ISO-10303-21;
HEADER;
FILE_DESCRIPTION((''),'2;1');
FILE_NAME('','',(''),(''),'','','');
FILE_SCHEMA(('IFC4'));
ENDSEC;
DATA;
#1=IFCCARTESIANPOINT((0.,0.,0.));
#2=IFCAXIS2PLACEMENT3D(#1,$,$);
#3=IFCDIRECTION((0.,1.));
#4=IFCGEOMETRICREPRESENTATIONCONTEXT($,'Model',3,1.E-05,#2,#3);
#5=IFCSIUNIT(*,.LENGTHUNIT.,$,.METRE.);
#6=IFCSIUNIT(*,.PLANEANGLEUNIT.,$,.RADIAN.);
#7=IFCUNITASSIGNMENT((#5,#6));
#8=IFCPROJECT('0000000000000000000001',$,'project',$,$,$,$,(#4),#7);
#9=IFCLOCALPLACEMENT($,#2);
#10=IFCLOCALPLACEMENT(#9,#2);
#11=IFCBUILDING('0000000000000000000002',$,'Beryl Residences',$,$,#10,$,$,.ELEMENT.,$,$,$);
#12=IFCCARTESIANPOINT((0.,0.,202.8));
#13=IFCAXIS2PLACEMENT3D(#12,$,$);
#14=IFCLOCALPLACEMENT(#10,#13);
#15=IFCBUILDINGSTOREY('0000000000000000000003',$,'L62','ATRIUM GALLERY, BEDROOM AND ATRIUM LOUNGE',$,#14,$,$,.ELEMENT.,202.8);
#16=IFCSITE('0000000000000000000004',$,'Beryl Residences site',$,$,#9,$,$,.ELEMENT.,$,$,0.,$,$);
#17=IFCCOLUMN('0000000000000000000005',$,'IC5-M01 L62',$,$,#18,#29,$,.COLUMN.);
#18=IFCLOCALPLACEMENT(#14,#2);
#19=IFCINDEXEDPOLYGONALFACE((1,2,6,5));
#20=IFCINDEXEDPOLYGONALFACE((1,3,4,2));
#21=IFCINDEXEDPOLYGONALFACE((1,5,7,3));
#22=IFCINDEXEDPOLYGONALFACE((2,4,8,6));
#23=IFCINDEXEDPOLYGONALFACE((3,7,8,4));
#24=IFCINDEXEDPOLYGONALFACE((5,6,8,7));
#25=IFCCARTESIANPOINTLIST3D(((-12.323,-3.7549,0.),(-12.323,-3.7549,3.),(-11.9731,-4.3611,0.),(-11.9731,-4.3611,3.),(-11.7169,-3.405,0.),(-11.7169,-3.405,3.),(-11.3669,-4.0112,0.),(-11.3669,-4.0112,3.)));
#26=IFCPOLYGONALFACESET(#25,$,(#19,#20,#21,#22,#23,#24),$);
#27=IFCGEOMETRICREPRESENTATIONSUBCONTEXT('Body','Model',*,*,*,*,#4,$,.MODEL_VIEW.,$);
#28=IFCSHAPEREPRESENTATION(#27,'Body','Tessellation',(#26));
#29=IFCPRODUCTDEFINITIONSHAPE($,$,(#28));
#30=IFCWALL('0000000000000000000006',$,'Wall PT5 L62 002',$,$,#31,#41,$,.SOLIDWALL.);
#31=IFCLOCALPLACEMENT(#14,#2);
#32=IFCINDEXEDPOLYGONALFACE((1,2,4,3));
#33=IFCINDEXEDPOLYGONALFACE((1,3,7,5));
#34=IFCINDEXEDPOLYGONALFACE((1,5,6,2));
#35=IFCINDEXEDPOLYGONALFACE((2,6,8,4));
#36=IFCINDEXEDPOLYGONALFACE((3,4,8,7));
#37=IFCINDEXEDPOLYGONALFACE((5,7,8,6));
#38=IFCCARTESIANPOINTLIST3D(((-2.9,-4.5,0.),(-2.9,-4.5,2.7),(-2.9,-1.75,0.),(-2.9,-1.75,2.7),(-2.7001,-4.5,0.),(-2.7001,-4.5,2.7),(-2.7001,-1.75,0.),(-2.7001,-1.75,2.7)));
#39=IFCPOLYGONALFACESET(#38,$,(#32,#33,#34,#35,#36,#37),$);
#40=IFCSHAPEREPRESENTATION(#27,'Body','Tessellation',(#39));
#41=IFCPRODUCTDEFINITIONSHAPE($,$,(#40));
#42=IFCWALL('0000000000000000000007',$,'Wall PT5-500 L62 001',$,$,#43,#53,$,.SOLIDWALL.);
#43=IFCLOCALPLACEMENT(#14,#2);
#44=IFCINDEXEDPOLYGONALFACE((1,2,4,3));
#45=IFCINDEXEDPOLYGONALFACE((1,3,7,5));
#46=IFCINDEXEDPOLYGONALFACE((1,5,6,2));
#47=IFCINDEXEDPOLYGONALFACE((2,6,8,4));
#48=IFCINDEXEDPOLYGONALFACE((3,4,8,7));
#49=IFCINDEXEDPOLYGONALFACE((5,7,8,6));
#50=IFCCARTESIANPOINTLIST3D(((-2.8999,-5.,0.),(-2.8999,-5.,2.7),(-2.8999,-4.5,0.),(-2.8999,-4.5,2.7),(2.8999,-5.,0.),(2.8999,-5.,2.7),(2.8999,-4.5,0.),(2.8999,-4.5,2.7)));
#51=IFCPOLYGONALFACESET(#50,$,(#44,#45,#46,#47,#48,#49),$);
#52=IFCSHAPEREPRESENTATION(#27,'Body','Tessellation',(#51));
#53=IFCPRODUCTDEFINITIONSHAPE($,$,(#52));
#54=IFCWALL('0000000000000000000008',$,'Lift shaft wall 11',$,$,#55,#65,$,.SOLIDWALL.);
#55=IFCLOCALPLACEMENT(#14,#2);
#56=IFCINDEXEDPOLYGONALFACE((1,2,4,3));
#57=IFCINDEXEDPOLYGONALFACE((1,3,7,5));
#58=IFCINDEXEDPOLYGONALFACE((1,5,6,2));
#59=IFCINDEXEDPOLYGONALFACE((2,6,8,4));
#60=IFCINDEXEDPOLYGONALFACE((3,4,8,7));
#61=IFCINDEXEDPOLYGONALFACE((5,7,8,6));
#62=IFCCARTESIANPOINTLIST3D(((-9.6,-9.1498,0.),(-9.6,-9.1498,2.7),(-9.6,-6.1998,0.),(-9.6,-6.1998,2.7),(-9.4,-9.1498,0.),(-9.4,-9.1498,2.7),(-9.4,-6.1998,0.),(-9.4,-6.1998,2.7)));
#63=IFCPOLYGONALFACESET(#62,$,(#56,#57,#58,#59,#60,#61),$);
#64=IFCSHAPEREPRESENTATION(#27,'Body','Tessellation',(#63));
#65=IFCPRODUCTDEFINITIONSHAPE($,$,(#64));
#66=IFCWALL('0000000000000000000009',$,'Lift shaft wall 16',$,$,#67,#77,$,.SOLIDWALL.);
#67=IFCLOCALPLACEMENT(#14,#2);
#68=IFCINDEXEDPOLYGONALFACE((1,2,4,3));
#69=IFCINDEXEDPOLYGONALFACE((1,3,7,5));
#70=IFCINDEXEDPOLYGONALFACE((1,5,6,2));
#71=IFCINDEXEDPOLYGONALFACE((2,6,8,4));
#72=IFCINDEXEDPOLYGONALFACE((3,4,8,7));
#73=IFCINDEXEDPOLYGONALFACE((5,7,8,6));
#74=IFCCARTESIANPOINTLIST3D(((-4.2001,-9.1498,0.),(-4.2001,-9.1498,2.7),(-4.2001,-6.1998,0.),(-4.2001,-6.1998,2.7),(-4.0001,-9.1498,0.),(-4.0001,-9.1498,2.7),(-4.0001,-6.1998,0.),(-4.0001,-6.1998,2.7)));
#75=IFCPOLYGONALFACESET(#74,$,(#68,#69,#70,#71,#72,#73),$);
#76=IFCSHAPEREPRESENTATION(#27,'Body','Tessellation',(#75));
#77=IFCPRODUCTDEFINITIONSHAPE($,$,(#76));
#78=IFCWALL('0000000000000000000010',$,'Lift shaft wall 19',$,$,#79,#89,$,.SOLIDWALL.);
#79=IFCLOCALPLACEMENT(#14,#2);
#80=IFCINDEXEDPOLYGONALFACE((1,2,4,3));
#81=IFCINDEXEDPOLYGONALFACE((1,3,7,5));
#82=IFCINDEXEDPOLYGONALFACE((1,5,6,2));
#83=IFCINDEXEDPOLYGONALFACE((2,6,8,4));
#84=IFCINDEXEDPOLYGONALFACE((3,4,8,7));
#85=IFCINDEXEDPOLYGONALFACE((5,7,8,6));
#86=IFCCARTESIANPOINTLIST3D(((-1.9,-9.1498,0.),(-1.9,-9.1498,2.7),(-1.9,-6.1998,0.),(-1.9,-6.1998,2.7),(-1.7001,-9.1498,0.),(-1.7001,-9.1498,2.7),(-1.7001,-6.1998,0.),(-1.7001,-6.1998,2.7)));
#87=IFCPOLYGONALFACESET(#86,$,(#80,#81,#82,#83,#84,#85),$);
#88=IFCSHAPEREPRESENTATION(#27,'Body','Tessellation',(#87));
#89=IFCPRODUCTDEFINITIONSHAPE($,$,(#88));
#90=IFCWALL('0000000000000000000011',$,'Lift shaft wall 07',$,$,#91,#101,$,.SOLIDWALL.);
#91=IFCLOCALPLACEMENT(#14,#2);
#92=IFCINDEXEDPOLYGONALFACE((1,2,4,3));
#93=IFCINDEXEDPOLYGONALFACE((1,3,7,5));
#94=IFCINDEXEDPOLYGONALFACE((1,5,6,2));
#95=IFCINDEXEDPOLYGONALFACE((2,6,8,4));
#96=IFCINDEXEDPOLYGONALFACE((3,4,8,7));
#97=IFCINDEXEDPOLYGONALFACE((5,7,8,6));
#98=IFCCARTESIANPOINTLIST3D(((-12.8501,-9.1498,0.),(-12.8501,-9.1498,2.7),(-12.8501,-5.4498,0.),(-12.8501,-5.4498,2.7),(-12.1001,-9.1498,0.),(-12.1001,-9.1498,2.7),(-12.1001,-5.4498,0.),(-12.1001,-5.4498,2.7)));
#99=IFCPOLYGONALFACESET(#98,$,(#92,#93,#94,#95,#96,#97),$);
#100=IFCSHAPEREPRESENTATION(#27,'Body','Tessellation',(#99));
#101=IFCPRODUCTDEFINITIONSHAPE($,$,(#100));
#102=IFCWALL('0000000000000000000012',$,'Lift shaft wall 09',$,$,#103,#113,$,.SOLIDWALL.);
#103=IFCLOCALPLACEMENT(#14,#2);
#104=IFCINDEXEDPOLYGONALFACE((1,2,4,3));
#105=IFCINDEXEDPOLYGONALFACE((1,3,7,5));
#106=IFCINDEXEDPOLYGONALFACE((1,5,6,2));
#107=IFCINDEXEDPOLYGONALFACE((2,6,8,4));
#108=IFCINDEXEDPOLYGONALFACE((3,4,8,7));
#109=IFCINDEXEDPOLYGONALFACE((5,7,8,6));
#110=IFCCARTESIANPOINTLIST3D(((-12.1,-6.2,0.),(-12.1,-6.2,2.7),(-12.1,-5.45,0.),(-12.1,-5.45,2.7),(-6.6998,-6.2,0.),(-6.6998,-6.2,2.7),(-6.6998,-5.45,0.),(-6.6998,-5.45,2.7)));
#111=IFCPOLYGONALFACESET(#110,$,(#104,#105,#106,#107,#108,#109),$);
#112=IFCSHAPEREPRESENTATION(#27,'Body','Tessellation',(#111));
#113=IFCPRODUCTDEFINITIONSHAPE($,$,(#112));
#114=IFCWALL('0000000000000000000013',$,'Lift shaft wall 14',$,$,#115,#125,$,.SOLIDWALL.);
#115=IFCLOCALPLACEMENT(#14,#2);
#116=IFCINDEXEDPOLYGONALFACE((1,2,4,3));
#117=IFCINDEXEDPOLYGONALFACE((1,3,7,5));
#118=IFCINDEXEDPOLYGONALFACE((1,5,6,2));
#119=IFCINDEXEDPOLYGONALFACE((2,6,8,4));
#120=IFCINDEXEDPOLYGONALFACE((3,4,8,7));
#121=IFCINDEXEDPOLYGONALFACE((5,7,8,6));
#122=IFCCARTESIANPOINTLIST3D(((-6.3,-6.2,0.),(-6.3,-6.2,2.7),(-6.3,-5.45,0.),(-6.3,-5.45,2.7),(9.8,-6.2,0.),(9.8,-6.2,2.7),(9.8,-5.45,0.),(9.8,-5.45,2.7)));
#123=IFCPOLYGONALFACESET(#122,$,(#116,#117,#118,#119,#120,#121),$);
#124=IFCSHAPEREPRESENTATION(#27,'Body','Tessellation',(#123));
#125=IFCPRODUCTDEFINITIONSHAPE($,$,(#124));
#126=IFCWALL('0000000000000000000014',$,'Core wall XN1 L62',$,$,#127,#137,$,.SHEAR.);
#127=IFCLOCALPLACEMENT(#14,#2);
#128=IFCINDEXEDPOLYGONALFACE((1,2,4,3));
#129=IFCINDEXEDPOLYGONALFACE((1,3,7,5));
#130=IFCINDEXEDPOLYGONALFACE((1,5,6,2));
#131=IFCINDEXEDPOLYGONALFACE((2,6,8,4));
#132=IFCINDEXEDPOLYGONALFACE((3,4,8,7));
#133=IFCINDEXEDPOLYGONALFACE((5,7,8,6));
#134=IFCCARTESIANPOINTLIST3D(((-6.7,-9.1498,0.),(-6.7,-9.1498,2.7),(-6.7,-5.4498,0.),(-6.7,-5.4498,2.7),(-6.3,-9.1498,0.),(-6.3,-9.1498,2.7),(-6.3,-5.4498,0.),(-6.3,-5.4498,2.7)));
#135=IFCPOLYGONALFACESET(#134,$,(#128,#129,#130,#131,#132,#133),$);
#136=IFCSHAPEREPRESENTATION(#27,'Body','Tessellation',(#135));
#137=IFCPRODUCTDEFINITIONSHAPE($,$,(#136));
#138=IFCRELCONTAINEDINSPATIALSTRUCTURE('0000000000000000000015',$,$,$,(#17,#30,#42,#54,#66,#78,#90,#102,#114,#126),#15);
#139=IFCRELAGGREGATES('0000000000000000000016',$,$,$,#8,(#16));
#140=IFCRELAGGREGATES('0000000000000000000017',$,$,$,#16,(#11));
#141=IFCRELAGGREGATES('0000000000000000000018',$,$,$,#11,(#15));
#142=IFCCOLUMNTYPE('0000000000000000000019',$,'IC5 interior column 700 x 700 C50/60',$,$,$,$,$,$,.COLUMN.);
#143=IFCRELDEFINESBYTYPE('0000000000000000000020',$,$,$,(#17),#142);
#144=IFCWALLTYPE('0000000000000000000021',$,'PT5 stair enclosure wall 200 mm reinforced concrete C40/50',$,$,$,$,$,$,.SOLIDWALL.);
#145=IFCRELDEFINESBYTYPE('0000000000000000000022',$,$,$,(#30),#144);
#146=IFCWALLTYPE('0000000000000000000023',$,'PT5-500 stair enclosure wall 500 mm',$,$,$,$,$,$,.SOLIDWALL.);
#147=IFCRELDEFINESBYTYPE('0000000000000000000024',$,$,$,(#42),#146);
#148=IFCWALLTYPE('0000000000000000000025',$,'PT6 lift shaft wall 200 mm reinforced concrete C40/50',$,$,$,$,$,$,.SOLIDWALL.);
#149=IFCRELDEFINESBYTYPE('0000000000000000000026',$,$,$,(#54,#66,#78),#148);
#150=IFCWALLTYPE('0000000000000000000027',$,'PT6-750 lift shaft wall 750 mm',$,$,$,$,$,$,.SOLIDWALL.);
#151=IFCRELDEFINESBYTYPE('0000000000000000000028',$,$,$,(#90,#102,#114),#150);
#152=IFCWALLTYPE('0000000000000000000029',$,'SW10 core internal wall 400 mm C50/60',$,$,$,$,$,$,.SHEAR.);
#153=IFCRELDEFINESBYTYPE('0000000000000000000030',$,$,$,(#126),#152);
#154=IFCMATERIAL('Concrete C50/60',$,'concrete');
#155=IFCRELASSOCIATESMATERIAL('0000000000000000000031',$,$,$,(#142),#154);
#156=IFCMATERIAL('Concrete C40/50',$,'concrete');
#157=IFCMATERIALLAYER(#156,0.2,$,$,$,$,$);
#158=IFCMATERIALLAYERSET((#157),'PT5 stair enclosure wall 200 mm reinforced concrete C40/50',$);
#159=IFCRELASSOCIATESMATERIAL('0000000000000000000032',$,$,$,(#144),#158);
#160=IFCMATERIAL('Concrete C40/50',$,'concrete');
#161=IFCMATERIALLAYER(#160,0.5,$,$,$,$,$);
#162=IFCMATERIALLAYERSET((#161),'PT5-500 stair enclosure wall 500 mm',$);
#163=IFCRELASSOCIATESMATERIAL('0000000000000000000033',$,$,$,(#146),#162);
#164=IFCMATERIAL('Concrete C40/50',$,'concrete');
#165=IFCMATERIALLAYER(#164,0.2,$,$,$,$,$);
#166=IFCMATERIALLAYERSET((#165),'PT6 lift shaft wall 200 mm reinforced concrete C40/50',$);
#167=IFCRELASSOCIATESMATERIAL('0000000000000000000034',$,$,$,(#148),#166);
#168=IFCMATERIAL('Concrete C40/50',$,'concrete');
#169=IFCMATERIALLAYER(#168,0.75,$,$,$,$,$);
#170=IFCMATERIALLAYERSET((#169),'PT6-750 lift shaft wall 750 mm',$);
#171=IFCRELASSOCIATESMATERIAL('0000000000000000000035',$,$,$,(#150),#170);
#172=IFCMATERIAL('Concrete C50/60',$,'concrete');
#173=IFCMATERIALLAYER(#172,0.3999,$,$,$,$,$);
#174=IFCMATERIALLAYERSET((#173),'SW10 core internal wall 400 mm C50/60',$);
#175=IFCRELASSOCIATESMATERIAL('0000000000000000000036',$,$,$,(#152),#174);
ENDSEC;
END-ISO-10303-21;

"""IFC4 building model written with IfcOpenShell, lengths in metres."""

from ifc_helpers import new_model, si_unit, direction, frame, frame_2d, origin, origin_2d, place, context, subcontext, project, spatial, rectangle, extrude, material, layer, layer_set, material_profile, profile_set, type_object, element, save


model = new_model("IFC4")

# Units and contexts
model_context = context("Model", 3, precision=1e-05, world=origin(), true_north=direction((0.0, 1.0)))
body_context = subcontext(model_context, "Body", "Model", "MODEL_VIEW")
ifc_project = project(units=[si_unit("LENGTHUNIT", "METRE"), si_unit("PLANEANGLEUNIT", "RADIAN")], contexts=[model_context])

# Site, building, storey
site_placement = place(None, origin())
site = spatial("IfcSite", under=ifc_project, at=site_placement, Name="Beryl Residences site", CompositionType="ELEMENT", RefElevation=0.0)
building_placement = place(site_placement, origin())
building = spatial("IfcBuilding", under=site, at=building_placement, Name="Beryl Residences", CompositionType="ELEMENT")
storey_placement = place(building_placement, frame((0.0, 0.0, 202.8)))
storey = spatial("IfcBuildingStorey", under=building, at=storey_placement, Name="L62", Description="ATRIUM GALLERY, BEDROOM AND ATRIUM LOUNGE", CompositionType="ELEMENT", Elevation=202.8)

# Column
ifc_material_1 = material(Name="Concrete C50/60", Category="concrete")
ifc_material_profile = material_profile(ifc_material_1, rectangle(XDim=0.7, YDim=0.7, at=origin_2d()))
ifc_profile_set = profile_set([ifc_material_profile], Name="Concrete C50/60")
column_type = type_object("IfcColumnType", Name="IC5 interior column 700 x 700 C50/60", PredefinedType="COLUMN", material=ifc_profile_set)
column_placement = place(storey_placement, frame((-11.845, -3.8831, 0.0), z_axis=(0.0, 0.0, 1.0), x_axis=(0.499985, -0.866034, 0.0)))
element("IfcColumn", 1, at=column_placement, inside=storey, type_object=column_type, Name="IC5-M01 L62", PredefinedType="COLUMN", context=body_context, shape_type="SweptSolid", body=[
    extrude(rectangle(XDim=0.7, YDim=0.7, at=origin_2d()), origin(), (0.0, 0.0, 1.0), 3.0),
])

# Walls
ifc_material_2 = material(Name="Concrete C40/50", Category="concrete")
ifc_layer_1 = layer(ifc_material_2, 0.2)
ifc_layer_set_1 = layer_set([ifc_layer_1], Name="PT5 stair enclosure wall 200 mm reinforced concrete C40/50")
wall_type_1 = type_object("IfcWallType", Name="PT5 stair enclosure wall 200 mm reinforced concrete C40/50", PredefinedType="SOLIDWALL", material=ifc_layer_set_1)
wall_1_placement = place(storey_placement, frame((-2.8, -4.5, 0.0), z_axis=(0.0, 0.0, 1.0), x_axis=(0.0, 1.0, 0.0)))
element("IfcWall", 2, at=wall_1_placement, inside=storey, type_object=wall_type_1, Name="Wall PT5 L62 002", PredefinedType="SOLIDWALL", context=body_context, shape_type="SweptSolid", body=[
    extrude(rectangle(XDim=2.75, YDim=0.2, at=frame_2d((1.375, 0.0))), origin(), (0.0, 0.0, 1.0), 2.7),
])
ifc_material_3 = material(Name="Concrete C40/50", Category="concrete")
ifc_layer_2 = layer(ifc_material_3, 0.5)
ifc_layer_set_2 = layer_set([ifc_layer_2], Name="PT5-500 stair enclosure wall 500 mm")
wall_type_2 = type_object("IfcWallType", Name="PT5-500 stair enclosure wall 500 mm", PredefinedType="SOLIDWALL", material=ifc_layer_set_2)
wall_2_placement = place(storey_placement, frame((-2.8999, -4.75, 0.0), z_axis=(0.0, 0.0, 1.0), x_axis=(1.0, 0.0, 0.0)))
element("IfcWall", 3, at=wall_2_placement, inside=storey, type_object=wall_type_2, Name="Wall PT5-500 L62 001", PredefinedType="SOLIDWALL", context=body_context, shape_type="SweptSolid", body=[
    extrude(rectangle(XDim=5.7998, YDim=0.5, at=frame_2d((2.8999, 0.0))), origin(), (0.0, 0.0, 1.0), 2.7),
])
ifc_material_4 = material(Name="Concrete C40/50", Category="concrete")
ifc_layer_3 = layer(ifc_material_4, 0.2)
ifc_layer_set_3 = layer_set([ifc_layer_3], Name="PT6 lift shaft wall 200 mm reinforced concrete C40/50")
wall_type_3 = type_object("IfcWallType", Name="PT6 lift shaft wall 200 mm reinforced concrete C40/50", PredefinedType="SOLIDWALL", material=ifc_layer_set_3)
for number, where, z_axis, x_axis, name in (
    (4, (-9.5, -9.1499, 0.0), (0.0, 0.0, 1.0), (0.0, 1.0, 0.0), "Lift shaft wall 11"),
    (5, (-4.1001, -9.1499, 0.0), (0.0, 0.0, 1.0), (0.0, 1.0, 0.0), "Lift shaft wall 16"),
    (6, (-1.8, -9.1499, 0.0), (0.0, 0.0, 1.0), (0.0, 1.0, 0.0), "Lift shaft wall 19"),
):
    element("IfcWall", number, at=place(storey_placement, frame(where, z_axis=z_axis, x_axis=x_axis)), inside=storey, type_object=wall_type_3, Name=name, PredefinedType="SOLIDWALL", context=body_context, shape_type="SweptSolid", body=[
        extrude(rectangle(XDim=2.95, YDim=0.2, at=frame_2d((1.4751, 0.0))), origin(), (0.0, 0.0, 1.0), 2.7),
    ])
ifc_material_5 = material(Name="Concrete C40/50", Category="concrete")
ifc_layer_4 = layer(ifc_material_5, 0.75)
ifc_layer_set_4 = layer_set([ifc_layer_4], Name="PT6-750 lift shaft wall 750 mm")
wall_type_4 = type_object("IfcWallType", Name="PT6-750 lift shaft wall 750 mm", PredefinedType="SOLIDWALL", material=ifc_layer_set_4)
wall_3_placement = place(storey_placement, frame((-12.4751, -9.1499, 0.0), z_axis=(0.0, 0.0, 1.0), x_axis=(0.0, 1.0, 0.0)))
element("IfcWall", 7, at=wall_3_placement, inside=storey, type_object=wall_type_4, Name="Lift shaft wall 07", PredefinedType="SOLIDWALL", context=body_context, shape_type="SweptSolid", body=[
    extrude(rectangle(XDim=3.7, YDim=0.75, at=frame_2d((1.8501, 0.0))), origin(), (0.0, 0.0, 1.0), 2.7),
])
wall_4_placement = place(storey_placement, frame((-12.1001, -5.825, 0.0), z_axis=(0.0, 0.0, 1.0), x_axis=(1.0, 0.0, 0.0)))
element("IfcWall", 8, at=wall_4_placement, inside=storey, type_object=wall_type_4, Name="Lift shaft wall 09", PredefinedType="SOLIDWALL", context=body_context, shape_type="SweptSolid", body=[
    extrude(rectangle(XDim=5.4001, YDim=0.75, at=frame_2d((2.7002, 0.0))), origin(), (0.0, 0.0, 1.0), 2.7),
])
wall_5_placement = place(storey_placement, frame((-6.3, -5.825, 0.0), z_axis=(0.0, 0.0, 1.0), x_axis=(1.0, 0.0, 0.0)))
element("IfcWall", 9, at=wall_5_placement, inside=storey, type_object=wall_type_4, Name="Lift shaft wall 14", PredefinedType="SOLIDWALL", context=body_context, shape_type="SweptSolid", body=[
    extrude(rectangle(XDim=16.1001, YDim=0.75, at=frame_2d((8.05, 0.0))), origin(), (0.0, 0.0, 1.0), 2.7),
])
ifc_material_6 = material(Name="Concrete C50/60", Category="concrete")
ifc_layer_5 = layer(ifc_material_6, 0.3999)
ifc_layer_set_5 = layer_set([ifc_layer_5], Name="SW10 core internal wall 400 mm C50/60")
wall_type_5 = type_object("IfcWallType", Name="SW10 core internal wall 400 mm C50/60", PredefinedType="SHEAR", material=ifc_layer_set_5)
wall_6_placement = place(storey_placement, frame((-6.5, -9.1499, 0.0), z_axis=(0.0, 0.0, 1.0), x_axis=(0.0, 1.0, 0.0)))
element("IfcWall", 10, at=wall_6_placement, inside=storey, type_object=wall_type_5, Name="Core wall XN1 L62", PredefinedType="SHEAR", context=body_context, shape_type="SweptSolid", body=[
    extrude(rectangle(XDim=3.7, YDim=0.3999, at=frame_2d((1.8501, 0.0))), origin(), (0.0, 0.0, 1.0), 2.7),
])

save(model, "model.ifc")
